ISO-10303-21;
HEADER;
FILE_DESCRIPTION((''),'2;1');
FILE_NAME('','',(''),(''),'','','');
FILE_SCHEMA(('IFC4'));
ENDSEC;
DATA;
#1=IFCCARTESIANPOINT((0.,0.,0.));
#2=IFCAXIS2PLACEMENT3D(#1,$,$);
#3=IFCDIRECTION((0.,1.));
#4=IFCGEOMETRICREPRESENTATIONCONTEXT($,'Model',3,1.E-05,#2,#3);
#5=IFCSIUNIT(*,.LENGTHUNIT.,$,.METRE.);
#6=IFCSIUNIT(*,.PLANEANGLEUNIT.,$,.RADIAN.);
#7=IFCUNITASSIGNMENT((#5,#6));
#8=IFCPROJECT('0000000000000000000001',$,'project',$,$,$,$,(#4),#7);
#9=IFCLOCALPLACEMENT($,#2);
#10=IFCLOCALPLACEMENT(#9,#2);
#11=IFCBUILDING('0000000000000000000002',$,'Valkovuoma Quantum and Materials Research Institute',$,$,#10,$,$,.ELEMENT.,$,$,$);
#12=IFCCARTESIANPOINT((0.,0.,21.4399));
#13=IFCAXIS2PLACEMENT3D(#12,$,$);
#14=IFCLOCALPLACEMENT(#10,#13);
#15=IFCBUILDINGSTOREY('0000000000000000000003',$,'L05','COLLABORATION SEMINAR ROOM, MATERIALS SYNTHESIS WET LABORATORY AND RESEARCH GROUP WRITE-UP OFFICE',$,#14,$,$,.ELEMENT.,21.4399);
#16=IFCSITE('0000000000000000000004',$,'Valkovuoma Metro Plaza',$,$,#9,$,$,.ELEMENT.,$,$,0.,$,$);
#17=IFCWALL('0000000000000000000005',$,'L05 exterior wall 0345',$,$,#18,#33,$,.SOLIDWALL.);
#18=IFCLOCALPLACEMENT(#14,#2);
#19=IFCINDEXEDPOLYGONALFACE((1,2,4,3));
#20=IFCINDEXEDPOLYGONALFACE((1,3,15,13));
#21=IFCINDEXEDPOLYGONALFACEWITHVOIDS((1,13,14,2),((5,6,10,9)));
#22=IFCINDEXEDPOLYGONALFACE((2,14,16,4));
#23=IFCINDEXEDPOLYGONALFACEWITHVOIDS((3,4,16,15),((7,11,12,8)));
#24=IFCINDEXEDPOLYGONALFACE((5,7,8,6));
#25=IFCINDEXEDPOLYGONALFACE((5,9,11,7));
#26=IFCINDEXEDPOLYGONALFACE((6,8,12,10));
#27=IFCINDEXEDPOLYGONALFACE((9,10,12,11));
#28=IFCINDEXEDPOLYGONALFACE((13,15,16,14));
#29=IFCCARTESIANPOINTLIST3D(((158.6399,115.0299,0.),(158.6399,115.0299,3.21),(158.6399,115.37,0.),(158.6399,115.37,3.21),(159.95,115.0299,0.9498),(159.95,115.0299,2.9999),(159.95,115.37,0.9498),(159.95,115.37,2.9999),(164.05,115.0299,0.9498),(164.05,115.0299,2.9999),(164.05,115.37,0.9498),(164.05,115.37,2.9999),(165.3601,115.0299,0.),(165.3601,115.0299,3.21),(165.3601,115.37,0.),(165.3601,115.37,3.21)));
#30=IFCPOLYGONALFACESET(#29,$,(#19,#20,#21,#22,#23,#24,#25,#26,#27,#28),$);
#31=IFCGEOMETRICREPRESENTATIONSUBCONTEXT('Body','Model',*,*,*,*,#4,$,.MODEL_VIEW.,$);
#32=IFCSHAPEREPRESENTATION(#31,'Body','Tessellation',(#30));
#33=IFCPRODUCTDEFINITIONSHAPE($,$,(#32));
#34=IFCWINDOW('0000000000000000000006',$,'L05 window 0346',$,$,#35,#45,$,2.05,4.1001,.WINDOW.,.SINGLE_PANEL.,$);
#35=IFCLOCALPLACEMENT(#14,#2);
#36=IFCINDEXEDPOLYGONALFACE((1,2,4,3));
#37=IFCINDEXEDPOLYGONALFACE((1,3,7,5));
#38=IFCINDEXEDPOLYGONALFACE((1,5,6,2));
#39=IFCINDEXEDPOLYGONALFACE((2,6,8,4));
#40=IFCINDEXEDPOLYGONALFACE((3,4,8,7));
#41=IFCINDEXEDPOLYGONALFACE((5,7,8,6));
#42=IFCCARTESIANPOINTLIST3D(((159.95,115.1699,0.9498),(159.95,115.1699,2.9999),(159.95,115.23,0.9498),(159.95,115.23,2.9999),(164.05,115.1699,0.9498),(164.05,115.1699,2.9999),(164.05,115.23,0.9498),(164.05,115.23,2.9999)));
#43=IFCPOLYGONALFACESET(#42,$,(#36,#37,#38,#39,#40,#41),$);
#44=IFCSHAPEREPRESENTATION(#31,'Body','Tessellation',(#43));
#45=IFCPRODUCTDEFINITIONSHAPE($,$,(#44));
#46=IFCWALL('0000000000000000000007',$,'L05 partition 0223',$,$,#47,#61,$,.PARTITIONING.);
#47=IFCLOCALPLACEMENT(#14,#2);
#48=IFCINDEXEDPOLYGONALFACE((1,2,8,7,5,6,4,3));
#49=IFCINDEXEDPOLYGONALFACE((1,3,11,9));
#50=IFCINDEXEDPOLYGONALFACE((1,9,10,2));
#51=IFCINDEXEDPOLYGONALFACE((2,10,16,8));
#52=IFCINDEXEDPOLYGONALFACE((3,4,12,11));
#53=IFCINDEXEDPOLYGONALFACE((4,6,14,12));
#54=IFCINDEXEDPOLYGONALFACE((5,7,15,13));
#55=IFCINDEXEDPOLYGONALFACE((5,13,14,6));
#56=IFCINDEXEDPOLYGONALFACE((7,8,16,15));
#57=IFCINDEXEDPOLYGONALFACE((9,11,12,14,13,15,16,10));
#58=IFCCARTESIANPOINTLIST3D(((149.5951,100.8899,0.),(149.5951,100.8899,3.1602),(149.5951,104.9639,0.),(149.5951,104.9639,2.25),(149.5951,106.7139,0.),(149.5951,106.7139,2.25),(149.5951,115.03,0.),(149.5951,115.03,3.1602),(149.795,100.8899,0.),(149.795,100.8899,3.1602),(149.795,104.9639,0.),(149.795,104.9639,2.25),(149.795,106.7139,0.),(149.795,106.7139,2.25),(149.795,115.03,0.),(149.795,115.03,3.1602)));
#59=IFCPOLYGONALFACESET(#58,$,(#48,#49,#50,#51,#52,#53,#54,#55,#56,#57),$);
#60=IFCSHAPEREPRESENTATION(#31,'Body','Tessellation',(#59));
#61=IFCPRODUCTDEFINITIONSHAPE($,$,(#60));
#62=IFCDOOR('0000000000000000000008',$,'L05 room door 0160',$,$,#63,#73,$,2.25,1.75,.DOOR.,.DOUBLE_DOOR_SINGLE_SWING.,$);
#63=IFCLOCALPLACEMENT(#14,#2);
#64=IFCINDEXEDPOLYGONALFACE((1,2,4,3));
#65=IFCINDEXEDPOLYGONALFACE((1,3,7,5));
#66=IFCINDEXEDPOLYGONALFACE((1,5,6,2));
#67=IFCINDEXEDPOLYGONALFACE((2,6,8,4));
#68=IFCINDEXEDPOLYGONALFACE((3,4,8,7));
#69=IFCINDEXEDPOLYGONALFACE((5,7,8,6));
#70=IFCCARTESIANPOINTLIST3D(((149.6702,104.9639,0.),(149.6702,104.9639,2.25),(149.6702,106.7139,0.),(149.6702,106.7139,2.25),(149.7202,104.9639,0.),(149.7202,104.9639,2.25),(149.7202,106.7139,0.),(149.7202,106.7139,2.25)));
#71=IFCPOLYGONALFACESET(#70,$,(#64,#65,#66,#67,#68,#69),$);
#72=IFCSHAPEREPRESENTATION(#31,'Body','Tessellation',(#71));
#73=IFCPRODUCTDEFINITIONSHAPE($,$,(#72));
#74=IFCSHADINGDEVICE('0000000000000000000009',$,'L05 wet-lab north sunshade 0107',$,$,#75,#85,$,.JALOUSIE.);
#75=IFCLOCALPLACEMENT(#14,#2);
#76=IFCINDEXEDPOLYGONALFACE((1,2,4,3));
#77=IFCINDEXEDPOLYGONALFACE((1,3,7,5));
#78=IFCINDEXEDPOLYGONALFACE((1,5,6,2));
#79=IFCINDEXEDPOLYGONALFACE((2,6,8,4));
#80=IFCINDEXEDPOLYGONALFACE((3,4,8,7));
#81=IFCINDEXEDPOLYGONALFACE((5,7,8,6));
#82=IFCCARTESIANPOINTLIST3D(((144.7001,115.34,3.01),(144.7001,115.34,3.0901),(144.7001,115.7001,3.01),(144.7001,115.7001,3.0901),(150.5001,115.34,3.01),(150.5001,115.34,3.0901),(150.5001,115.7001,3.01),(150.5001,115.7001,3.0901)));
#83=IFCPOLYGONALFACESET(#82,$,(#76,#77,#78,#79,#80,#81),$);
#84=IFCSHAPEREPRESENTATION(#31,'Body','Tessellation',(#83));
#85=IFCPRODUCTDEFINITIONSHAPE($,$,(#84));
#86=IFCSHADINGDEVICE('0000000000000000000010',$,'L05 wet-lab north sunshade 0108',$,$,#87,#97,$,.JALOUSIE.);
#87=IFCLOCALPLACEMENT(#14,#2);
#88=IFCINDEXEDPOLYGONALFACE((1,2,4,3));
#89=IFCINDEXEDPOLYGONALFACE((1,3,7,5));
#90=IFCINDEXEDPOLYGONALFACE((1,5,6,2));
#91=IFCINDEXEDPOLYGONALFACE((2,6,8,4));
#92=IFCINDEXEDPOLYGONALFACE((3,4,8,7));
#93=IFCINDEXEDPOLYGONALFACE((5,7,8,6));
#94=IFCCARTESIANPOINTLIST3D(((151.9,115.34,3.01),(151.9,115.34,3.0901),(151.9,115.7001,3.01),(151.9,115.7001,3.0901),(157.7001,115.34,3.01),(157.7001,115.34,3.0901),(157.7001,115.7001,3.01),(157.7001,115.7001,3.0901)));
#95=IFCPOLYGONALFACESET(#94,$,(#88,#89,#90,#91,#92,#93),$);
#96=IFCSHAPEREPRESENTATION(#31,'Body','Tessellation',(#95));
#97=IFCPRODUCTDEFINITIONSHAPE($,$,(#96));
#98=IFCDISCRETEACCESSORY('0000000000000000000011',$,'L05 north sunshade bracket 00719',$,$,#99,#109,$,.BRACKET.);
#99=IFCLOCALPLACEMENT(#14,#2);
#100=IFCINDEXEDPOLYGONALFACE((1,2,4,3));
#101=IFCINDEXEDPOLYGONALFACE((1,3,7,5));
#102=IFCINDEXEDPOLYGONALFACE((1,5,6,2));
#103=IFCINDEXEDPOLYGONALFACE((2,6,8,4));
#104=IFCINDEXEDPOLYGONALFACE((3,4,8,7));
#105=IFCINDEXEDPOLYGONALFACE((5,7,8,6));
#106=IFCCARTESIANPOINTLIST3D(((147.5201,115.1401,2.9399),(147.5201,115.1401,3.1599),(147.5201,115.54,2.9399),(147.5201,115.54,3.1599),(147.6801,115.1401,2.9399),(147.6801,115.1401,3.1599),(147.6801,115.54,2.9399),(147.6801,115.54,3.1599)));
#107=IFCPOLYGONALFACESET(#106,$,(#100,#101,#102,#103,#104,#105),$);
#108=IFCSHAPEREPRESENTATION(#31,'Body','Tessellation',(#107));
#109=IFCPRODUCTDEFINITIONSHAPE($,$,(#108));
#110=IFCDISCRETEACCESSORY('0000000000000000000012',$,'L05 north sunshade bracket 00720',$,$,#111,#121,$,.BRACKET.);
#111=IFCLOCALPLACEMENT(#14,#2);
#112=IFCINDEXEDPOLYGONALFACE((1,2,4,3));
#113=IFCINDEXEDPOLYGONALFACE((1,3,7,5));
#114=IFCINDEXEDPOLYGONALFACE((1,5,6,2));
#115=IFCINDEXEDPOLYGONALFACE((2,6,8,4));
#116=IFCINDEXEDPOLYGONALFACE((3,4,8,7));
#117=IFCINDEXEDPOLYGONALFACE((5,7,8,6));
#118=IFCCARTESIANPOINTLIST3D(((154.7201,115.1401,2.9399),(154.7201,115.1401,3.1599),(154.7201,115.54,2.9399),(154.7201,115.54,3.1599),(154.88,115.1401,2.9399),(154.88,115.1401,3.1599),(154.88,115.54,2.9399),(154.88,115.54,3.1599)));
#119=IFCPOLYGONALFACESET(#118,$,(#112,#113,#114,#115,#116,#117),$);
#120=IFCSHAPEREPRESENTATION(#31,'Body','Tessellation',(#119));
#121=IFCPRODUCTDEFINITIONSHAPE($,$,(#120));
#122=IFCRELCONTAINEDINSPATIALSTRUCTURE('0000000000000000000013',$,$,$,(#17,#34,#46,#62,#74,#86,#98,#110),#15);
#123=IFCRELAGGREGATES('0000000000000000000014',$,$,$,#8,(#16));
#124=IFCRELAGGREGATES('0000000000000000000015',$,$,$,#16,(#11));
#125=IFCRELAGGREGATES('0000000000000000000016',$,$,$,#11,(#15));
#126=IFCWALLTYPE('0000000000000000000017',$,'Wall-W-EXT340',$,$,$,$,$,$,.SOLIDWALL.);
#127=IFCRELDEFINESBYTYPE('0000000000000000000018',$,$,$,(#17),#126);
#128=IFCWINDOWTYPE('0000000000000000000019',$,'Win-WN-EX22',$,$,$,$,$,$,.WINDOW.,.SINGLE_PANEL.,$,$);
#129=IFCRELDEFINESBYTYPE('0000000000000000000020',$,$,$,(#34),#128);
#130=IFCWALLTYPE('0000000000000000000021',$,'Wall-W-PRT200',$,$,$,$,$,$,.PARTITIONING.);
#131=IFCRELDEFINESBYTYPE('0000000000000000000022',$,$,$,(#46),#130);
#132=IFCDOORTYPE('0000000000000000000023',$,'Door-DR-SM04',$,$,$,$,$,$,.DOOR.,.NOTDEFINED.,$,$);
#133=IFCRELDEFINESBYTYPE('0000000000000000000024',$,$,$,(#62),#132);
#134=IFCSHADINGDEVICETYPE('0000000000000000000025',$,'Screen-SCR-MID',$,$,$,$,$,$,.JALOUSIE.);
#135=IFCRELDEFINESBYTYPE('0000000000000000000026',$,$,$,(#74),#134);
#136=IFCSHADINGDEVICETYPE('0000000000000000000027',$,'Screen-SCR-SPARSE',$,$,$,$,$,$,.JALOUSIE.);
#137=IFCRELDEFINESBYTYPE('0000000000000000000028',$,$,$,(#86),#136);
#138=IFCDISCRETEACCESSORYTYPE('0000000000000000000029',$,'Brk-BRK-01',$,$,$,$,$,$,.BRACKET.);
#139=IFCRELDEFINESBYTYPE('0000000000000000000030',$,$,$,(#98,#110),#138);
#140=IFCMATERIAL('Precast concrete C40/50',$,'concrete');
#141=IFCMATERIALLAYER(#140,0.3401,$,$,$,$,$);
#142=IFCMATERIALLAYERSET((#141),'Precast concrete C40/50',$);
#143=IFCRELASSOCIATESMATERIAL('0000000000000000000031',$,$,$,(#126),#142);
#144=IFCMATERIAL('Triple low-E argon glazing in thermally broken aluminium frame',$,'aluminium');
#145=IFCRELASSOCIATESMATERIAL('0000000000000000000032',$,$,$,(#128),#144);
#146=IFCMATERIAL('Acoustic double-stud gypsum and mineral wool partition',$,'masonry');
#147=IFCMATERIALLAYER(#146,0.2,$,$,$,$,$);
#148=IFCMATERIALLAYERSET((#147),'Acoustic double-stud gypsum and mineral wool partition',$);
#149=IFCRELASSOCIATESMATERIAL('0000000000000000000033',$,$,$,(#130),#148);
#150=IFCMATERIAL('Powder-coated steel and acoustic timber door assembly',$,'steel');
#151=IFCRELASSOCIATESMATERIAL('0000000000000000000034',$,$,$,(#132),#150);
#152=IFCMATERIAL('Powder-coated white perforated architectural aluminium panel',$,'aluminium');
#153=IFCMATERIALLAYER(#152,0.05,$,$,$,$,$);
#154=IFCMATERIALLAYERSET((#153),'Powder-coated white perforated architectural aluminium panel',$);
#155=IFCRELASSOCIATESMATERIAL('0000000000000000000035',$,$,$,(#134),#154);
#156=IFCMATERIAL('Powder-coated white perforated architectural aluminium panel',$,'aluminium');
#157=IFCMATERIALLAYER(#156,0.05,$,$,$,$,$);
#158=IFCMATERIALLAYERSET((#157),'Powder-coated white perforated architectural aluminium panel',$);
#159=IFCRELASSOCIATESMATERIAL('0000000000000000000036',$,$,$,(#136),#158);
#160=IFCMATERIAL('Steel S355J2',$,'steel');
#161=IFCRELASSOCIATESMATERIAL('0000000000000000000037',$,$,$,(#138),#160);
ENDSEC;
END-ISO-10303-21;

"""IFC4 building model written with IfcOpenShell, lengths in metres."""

from ifc_helpers import new_model, si_unit, direction, frame, frame_2d, origin, origin_2d, place, context, subcontext, project, spatial, rectangle, extrude, material, layer, layer_set, type_object, element, fill, save


model = new_model("IFC4")

# Units and contexts
model_context = context("Model", 3, precision=1e-05, world=origin(), true_north=direction((0.0, 1.0)))
body_context = subcontext(model_context, "Body", "Model", "MODEL_VIEW")
ifc_project = project(units=[si_unit("LENGTHUNIT", "METRE"), si_unit("PLANEANGLEUNIT", "RADIAN")], contexts=[model_context])

# Site, building, storey
site_placement = place(None, origin())
site = spatial("IfcSite", under=ifc_project, at=site_placement, Name="Valkovuoma Metro Plaza", CompositionType="ELEMENT", RefElevation=0.0)
building_placement = place(site_placement, origin())
building = spatial("IfcBuilding", under=site, at=building_placement, Name="Valkovuoma Quantum and Materials Research Institute", CompositionType="ELEMENT")
storey_placement = place(building_placement, frame((0.0, 0.0, 21.4399)))
storey = spatial("IfcBuildingStorey", under=building, at=storey_placement, Name="L05", Description="COLLABORATION SEMINAR ROOM, MATERIALS SYNTHESIS WET LABORATORY AND RESEARCH GROUP WRITE-UP OFFICE", CompositionType="ELEMENT", Elevation=21.4399)

# Wall, opening, window
ifc_material_1 = material(Name="Precast concrete C40/50", Category="concrete")
ifc_layer_1 = layer(ifc_material_1, 0.3401)
ifc_layer_set_1 = layer_set([ifc_layer_1], Name="Precast concrete C40/50")
wall_type_1 = type_object("IfcWallType", Name="Wall-W-EXT340", PredefinedType="SOLIDWALL", material=ifc_layer_set_1)
wall_1_placement = place(storey_placement, frame((158.6399, 115.2, 0.0), z_axis=(0.0, 0.0, 1.0), x_axis=(1.0, 0.0, 0.0)))
wall_1 = element("IfcWall", 1, at=wall_1_placement, inside=storey, type_object=wall_type_1, Name="L05 exterior wall 0345", PredefinedType="SOLIDWALL", context=body_context, shape_type="SweptSolid", body=[
    extrude(rectangle(XDim=6.7202, YDim=0.3401, at=frame_2d((3.3601, 0.0))), origin(), (0.0, 0.0, 1.0), 3.21),
])
opening_1_placement = place(wall_1_placement, frame((1.3101, 0.0, 0.95)))
opening_1 = element("IfcOpeningElement", 2, at=opening_1_placement, cuts=wall_1, PredefinedType="OPENING", context=body_context, shape_type="SweptSolid", body=[
    extrude(rectangle(XDim=4.1001, YDim=2.05, at=frame_2d((2.05, 1.0249))), frame((0.0, 0.1802, 0.0), z_axis=(0.0, -1.0, 0.0), x_axis=(1.0, 0.0, 0.0)), (0.0, 0.0, 1.0), 0.3601),
])
ifc_material_2 = material(Name="Triple low-E argon glazing in thermally broken aluminium frame", Category="aluminium")
window_type_1 = type_object("IfcWindowType", Name="Win-WN-EX22", PartitioningType="SINGLE_PANEL", PredefinedType="WINDOW", material=ifc_material_2)
window_1_placement = place(opening_1_placement, origin())
window_1 = element("IfcWindow", 3, at=window_1_placement, inside=storey, type_object=window_type_1, Name="L05 window 0346", OverallHeight=2.05, OverallWidth=4.1001, PartitioningType="SINGLE_PANEL", PredefinedType="WINDOW", context=body_context, shape_type="SweptSolid", body=[
    extrude(rectangle(XDim=4.1001, YDim=2.05, at=frame_2d((2.05, 1.0249))), frame((0.0, 0.03, 0.0), z_axis=(0.0, -1.0, 0.0), x_axis=(1.0, 0.0, 0.0)), (0.0, 0.0, 1.0), 0.0601),
])
fill(opening_1, window_1)

# Wall, opening, door
ifc_material_3 = material(Name="Acoustic double-stud gypsum and mineral wool partition", Category="masonry")
ifc_layer_2 = layer(ifc_material_3, 0.2)
ifc_layer_set_2 = layer_set([ifc_layer_2], Name="Acoustic double-stud gypsum and mineral wool partition")
wall_type_2 = type_object("IfcWallType", Name="Wall-W-PRT200", PredefinedType="PARTITIONING", material=ifc_layer_set_2)
wall_2_placement = place(storey_placement, frame((149.6951, 100.8899, 0.0), z_axis=(0.0, 0.0, 1.0), x_axis=(0.0, 1.0, 0.0)))
wall_2 = element("IfcWall", 4, at=wall_2_placement, inside=storey, type_object=wall_type_2, Name="L05 partition 0223", PredefinedType="PARTITIONING", context=body_context, shape_type="SweptSolid", body=[
    extrude(rectangle(XDim=14.1401, YDim=0.2, at=frame_2d((7.0701, 0.0))), origin(), (0.0, 0.0, 1.0), 3.1602),
])
opening_2_placement = place(wall_2_placement, frame((4.074, 0.0, 0.0)))
opening_2 = element("IfcOpeningElement", 5, at=opening_2_placement, cuts=wall_2, PredefinedType="OPENING", context=body_context, shape_type="SweptSolid", body=[
    extrude(rectangle(XDim=1.75, YDim=2.25, at=frame_2d((0.875, 1.125))), frame((0.0, 0.1099, 0.0), z_axis=(0.0, -1.0, 0.0), x_axis=(1.0, 0.0, 0.0)), (0.0, 0.0, 1.0), 0.22),
])
ifc_material_4 = material(Name="Powder-coated steel and acoustic timber door assembly", Category="steel")
door_type = type_object("IfcDoorType", Name="Door-DR-SM04", OperationType="NOTDEFINED", PredefinedType="DOOR", material=ifc_material_4)
door_placement = place(opening_2_placement, origin())
door = element("IfcDoor", 6, at=door_placement, inside=storey, type_object=door_type, Name="L05 room door 0160", OperationType="DOUBLE_DOOR_SINGLE_SWING", OverallHeight=2.25, OverallWidth=1.75, PredefinedType="DOOR", context=body_context, shape_type="SweptSolid", body=[
    extrude(rectangle(XDim=1.75, YDim=2.25, at=frame_2d((0.875, 1.125))), frame((0.0, 0.0249, 0.0), z_axis=(0.0, -1.0, 0.0), x_axis=(1.0, 0.0, 0.0)), (0.0, 0.0, 1.0), 0.05),
])
fill(opening_2, door)

# Shading devices
ifc_material_5 = material(Name="Powder-coated white perforated architectural aluminium panel", Category="aluminium")
ifc_layer_3 = layer(ifc_material_5, 0.05)
ifc_layer_set_3 = layer_set([ifc_layer_3], Name="Powder-coated white perforated architectural aluminium panel")
shading_device_type_1 = type_object("IfcShadingDeviceType", Name="Screen-SCR-MID", PredefinedType="JALOUSIE", material=ifc_layer_set_3)
shading_device_1_placement = place(storey_placement, frame((147.6001, 115.52, 3.01), z_axis=(0.0, 0.0, 1.0), x_axis=(1.0, 0.0, 0.0)))
element("IfcShadingDevice", 7, at=shading_device_1_placement, inside=storey, type_object=shading_device_type_1, Name="L05 wet-lab north sunshade 0107", PredefinedType="JALOUSIE", context=body_context, shape_type="SweptSolid", body=[
    extrude(rectangle(XDim=5.8, YDim=0.3601, at=origin_2d()), origin(), (0.0, 0.0, 1.0), 0.0801),
])
ifc_material_6 = material(Name="Powder-coated white perforated architectural aluminium panel", Category="aluminium")
ifc_layer_4 = layer(ifc_material_6, 0.05)
ifc_layer_set_4 = layer_set([ifc_layer_4], Name="Powder-coated white perforated architectural aluminium panel")
shading_device_type_2 = type_object("IfcShadingDeviceType", Name="Screen-SCR-SPARSE", PredefinedType="JALOUSIE", material=ifc_layer_set_4)
shading_device_2_placement = place(storey_placement, frame((154.8, 115.52, 3.01), z_axis=(0.0, 0.0, 1.0), x_axis=(1.0, 0.0, 0.0)))
element("IfcShadingDevice", 8, at=shading_device_2_placement, inside=storey, type_object=shading_device_type_2, Name="L05 wet-lab north sunshade 0108", PredefinedType="JALOUSIE", context=body_context, shape_type="SweptSolid", body=[
    extrude(rectangle(XDim=5.8, YDim=0.3601, at=origin_2d()), origin(), (0.0, 0.0, 1.0), 0.0801),
])

# Discrete accessories
ifc_material_7 = material(Name="Steel S355J2", Category="steel")
discrete_accessory_type = type_object("IfcDiscreteAccessoryType", Name="Brk-BRK-01", PredefinedType="BRACKET", material=ifc_material_7)
for number, where, z_axis, x_axis, name in (
    (9, (147.6001, 115.3401, 2.9399), (0.0, 0.0, 1.0), (1.0, 0.0, 0.0), "L05 north sunshade bracket 00719"),
    (10, (154.8, 115.3401, 2.9399), (0.0, 0.0, 1.0), (1.0, 0.0, 0.0), "L05 north sunshade bracket 00720"),
):
    element("IfcDiscreteAccessory", number, at=place(storey_placement, frame(where, z_axis=z_axis, x_axis=x_axis)), inside=storey, type_object=discrete_accessory_type, Name=name, PredefinedType="BRACKET", context=body_context, shape_type="SweptSolid", body=[
        extrude(rectangle(XDim=0.1599, YDim=0.3999, at=origin_2d()), origin(), (0.0, 0.0, 1.0), 0.22),
    ])

save(model, "model.ifc")
